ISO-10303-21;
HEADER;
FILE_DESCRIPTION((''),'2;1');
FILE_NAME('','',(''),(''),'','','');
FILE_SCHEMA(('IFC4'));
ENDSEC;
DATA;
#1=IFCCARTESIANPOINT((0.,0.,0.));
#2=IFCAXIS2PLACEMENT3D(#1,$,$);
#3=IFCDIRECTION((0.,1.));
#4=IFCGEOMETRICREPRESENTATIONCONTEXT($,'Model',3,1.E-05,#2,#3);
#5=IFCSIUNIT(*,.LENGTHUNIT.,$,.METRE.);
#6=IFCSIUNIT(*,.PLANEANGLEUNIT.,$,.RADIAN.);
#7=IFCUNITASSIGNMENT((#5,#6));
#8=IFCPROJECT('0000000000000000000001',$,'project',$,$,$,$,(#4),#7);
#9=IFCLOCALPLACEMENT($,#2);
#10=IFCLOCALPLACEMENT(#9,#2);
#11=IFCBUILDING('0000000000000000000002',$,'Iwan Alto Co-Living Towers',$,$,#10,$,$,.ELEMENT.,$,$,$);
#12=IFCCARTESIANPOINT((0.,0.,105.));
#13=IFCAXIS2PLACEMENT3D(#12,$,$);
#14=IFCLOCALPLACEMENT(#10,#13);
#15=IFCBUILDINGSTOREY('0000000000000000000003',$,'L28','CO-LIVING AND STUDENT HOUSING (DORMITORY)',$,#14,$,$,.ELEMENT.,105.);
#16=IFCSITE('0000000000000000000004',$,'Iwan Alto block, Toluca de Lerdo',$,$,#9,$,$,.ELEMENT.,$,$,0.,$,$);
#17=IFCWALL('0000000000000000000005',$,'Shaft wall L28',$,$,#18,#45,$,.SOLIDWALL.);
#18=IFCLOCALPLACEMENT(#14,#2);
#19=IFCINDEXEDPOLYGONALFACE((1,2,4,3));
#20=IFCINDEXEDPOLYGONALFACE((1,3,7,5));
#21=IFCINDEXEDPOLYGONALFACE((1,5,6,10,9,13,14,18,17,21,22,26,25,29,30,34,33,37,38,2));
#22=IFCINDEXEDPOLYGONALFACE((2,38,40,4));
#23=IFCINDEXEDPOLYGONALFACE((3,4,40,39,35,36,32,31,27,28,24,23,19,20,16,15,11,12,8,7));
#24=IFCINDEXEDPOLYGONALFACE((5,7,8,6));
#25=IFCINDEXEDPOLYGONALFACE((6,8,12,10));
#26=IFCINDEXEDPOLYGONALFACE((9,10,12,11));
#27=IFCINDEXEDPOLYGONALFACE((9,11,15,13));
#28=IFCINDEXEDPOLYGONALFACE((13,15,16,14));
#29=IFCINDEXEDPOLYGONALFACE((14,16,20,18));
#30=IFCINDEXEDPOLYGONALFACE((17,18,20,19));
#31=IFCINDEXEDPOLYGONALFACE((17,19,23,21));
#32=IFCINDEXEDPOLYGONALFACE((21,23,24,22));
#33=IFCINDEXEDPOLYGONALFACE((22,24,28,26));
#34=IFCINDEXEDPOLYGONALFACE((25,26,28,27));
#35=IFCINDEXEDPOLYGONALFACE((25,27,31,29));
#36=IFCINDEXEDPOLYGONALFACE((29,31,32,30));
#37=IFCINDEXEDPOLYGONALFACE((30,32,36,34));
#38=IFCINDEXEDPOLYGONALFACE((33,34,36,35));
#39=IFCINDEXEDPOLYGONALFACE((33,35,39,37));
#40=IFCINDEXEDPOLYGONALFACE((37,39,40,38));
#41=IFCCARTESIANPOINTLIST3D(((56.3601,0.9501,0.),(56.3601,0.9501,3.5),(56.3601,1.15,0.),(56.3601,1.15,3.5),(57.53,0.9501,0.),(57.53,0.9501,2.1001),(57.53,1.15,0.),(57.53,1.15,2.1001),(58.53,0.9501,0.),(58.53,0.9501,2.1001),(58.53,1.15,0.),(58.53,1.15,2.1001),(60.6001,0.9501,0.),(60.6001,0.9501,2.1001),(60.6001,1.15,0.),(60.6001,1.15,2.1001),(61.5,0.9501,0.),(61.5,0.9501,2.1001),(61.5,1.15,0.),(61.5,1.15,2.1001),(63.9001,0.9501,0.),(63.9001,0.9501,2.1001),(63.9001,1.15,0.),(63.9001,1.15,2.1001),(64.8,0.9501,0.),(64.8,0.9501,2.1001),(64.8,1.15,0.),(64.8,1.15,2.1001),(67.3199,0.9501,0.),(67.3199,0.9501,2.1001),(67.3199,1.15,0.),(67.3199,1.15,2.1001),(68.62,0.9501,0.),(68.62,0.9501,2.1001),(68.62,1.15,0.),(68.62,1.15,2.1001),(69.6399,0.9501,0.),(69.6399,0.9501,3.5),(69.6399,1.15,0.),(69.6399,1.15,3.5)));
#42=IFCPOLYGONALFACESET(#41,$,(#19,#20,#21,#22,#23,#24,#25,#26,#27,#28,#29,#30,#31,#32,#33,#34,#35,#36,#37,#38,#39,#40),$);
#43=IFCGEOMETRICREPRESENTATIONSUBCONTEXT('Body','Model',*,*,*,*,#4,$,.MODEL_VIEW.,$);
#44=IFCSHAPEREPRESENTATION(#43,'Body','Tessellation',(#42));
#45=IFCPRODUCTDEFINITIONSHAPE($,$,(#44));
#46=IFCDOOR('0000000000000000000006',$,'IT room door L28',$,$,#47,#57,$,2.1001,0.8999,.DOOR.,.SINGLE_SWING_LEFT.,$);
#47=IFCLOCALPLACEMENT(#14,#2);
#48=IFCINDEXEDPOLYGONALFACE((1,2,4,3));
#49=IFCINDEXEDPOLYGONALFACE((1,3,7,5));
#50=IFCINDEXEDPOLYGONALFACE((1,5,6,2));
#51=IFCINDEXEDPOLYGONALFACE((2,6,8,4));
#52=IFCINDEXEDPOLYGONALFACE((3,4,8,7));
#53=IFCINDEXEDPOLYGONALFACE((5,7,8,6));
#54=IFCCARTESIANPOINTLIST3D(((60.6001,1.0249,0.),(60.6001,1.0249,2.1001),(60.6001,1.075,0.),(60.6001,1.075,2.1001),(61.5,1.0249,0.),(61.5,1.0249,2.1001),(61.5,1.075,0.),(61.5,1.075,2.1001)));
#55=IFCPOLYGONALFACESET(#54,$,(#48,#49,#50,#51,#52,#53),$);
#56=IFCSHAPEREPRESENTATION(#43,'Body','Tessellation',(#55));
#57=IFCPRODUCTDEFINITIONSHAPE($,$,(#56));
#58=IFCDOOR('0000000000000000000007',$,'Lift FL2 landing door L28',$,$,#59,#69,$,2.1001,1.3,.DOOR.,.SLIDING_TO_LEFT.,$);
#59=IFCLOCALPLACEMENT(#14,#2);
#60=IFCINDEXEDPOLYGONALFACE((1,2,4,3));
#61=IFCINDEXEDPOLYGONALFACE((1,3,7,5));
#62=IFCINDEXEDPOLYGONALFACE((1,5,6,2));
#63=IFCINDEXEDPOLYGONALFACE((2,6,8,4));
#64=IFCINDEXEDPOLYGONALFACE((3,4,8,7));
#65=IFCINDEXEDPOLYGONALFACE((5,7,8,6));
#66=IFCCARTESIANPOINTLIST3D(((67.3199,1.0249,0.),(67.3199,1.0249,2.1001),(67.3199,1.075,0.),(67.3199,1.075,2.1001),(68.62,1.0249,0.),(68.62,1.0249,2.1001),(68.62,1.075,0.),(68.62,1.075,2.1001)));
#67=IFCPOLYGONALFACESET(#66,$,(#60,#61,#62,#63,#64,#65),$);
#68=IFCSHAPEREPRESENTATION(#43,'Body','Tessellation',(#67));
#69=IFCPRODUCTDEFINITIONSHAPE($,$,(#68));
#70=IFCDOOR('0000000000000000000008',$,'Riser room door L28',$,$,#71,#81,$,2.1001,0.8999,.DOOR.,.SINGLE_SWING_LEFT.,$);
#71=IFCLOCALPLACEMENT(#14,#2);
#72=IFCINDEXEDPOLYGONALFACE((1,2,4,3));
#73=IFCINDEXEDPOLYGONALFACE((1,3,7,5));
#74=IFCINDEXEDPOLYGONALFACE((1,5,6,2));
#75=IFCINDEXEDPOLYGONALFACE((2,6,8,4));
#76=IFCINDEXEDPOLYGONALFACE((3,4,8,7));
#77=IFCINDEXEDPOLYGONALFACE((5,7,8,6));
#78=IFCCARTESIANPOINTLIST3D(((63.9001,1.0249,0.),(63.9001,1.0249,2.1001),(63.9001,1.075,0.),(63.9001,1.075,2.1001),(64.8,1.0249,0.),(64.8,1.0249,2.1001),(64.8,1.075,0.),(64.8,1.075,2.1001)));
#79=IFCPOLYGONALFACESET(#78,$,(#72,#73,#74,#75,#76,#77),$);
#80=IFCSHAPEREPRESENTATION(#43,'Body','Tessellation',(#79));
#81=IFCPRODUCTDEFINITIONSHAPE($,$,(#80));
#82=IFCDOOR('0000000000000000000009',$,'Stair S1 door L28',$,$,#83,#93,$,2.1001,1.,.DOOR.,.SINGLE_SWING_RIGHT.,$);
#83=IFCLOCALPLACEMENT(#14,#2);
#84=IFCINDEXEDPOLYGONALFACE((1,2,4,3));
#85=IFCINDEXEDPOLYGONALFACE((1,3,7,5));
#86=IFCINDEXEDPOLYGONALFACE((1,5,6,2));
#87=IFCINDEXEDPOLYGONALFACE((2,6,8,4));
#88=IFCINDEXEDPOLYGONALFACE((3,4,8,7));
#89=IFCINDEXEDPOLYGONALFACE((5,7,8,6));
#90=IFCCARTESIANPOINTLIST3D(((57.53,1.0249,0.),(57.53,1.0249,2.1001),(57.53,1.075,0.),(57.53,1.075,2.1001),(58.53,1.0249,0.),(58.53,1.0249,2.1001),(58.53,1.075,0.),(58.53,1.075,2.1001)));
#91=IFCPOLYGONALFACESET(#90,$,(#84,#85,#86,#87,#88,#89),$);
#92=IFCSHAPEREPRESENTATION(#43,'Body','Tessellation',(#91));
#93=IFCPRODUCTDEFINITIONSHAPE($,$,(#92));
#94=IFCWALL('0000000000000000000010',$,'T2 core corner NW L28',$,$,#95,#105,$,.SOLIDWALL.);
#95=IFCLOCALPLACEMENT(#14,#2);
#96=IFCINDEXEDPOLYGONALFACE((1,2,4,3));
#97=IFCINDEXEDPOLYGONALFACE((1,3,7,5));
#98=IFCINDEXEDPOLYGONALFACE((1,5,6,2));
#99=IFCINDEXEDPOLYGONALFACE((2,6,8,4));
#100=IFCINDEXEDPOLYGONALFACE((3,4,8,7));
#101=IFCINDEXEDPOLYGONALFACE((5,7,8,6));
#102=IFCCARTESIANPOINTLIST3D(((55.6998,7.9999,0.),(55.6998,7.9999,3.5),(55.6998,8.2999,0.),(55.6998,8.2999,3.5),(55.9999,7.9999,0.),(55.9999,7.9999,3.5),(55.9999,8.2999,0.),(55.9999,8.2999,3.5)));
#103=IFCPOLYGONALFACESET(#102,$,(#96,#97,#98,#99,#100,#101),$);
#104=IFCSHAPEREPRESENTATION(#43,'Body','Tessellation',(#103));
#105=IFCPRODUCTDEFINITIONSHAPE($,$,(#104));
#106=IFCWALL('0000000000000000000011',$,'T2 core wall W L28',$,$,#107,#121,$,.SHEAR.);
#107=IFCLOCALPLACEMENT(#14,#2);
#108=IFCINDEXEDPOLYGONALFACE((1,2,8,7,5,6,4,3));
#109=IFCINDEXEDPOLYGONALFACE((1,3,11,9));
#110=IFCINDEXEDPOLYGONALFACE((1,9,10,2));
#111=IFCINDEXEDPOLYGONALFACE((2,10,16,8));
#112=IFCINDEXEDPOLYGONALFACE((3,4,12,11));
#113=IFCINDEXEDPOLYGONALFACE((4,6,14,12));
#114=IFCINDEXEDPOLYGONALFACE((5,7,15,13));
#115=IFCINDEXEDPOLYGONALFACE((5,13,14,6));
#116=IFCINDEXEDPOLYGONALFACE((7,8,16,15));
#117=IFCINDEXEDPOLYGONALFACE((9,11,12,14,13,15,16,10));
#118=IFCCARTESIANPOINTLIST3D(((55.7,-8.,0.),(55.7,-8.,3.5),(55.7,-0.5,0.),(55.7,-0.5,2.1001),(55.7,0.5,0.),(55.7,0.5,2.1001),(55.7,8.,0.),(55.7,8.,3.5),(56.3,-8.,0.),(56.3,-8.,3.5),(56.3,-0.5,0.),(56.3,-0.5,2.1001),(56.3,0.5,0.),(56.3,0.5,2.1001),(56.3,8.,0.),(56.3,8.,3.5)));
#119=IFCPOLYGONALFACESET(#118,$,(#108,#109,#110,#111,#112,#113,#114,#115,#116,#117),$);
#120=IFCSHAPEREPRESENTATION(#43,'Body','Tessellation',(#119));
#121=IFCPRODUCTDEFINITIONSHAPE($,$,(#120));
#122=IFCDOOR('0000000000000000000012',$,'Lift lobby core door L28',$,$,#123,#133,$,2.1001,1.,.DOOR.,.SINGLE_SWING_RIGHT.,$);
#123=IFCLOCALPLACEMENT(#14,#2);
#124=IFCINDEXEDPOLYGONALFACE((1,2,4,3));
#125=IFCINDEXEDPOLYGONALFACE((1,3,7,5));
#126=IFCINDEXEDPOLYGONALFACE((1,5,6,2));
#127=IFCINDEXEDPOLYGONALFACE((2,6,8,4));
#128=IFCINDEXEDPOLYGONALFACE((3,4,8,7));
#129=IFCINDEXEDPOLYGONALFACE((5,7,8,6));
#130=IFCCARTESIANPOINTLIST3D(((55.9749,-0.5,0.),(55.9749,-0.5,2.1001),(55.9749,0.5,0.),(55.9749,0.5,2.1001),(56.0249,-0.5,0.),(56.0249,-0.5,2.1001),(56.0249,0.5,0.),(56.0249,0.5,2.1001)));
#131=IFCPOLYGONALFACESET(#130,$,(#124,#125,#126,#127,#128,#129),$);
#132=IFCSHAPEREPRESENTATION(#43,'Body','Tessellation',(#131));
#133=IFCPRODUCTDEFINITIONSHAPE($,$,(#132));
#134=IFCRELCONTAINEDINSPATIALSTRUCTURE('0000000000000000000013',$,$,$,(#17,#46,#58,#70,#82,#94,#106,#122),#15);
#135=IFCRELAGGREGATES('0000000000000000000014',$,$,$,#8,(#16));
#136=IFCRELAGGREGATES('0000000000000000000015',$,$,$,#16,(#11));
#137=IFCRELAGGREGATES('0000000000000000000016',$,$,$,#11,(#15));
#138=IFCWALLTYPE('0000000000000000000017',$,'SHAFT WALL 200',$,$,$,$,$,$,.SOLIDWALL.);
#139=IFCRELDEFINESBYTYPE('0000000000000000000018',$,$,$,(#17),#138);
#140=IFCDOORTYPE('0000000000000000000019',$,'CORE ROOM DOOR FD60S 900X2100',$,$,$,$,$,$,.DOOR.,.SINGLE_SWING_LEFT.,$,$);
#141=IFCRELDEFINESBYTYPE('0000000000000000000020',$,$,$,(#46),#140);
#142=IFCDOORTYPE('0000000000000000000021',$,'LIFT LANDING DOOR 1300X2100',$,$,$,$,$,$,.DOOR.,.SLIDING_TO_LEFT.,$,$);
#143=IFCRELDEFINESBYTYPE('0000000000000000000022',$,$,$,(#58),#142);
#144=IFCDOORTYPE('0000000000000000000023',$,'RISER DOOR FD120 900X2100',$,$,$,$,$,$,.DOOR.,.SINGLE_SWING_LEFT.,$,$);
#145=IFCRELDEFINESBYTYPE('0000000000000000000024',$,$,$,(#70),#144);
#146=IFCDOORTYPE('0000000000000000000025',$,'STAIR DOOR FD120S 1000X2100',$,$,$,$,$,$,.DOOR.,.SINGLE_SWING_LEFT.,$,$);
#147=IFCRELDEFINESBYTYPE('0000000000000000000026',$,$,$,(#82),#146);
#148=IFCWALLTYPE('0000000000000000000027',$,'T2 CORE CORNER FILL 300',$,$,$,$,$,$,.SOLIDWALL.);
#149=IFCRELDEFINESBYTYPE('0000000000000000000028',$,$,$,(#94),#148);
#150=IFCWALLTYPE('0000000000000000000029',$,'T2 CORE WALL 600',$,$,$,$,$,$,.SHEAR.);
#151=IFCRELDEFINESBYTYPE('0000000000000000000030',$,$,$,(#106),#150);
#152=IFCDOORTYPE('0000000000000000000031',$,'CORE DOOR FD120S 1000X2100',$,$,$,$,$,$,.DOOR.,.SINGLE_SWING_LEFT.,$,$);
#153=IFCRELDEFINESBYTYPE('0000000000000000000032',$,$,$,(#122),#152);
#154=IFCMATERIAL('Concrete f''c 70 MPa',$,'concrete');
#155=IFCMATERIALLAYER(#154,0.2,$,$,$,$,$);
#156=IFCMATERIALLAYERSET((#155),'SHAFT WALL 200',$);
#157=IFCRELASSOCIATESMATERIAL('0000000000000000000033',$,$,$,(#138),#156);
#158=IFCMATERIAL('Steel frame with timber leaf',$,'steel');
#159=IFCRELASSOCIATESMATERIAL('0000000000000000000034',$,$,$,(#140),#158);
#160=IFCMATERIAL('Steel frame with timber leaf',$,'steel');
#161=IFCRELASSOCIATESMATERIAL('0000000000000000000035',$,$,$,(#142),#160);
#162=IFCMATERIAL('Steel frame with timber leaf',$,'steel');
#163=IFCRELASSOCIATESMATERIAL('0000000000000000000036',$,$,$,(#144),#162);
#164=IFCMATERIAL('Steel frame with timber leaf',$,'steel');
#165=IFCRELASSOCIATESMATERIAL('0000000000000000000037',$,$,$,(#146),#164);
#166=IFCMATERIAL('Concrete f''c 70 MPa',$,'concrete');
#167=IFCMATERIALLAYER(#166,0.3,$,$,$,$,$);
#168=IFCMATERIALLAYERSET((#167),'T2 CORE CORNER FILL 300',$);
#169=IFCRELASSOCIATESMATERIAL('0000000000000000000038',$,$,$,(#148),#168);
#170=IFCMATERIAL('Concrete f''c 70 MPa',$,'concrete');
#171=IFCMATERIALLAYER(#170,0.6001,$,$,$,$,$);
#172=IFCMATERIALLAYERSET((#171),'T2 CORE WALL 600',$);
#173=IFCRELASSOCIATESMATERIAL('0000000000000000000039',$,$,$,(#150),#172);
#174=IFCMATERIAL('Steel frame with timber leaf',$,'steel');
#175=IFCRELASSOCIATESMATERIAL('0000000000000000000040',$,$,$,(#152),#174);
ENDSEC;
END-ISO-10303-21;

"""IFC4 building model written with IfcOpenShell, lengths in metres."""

from ifc_helpers import new_model, si_unit, direction, frame, frame_2d, origin, place, context, subcontext, project, spatial, rectangle, extrude, material, layer, layer_set, type_object, element, fill, save


model = new_model("IFC4")

# Units and contexts
model_context = context("Model", 3, precision=1e-05, world=origin(), true_north=direction((0.0, 1.0)))
body_context = subcontext(model_context, "Body", "Model", "MODEL_VIEW")
ifc_project = project(units=[si_unit("LENGTHUNIT", "METRE"), si_unit("PLANEANGLEUNIT", "RADIAN")], contexts=[model_context])

# Site, building, storey
site_placement = place(None, origin())
site = spatial("IfcSite", under=ifc_project, at=site_placement, Name="Iwan Alto block, Toluca de Lerdo", CompositionType="ELEMENT", RefElevation=0.0)
building_placement = place(site_placement, origin())
building = spatial("IfcBuilding", under=site, at=building_placement, Name="Iwan Alto Co-Living Towers", CompositionType="ELEMENT")
storey_placement = place(building_placement, frame((0.0, 0.0, 105.0)))
storey = spatial("IfcBuildingStorey", under=building, at=storey_placement, Name="L28", Description="CO-LIVING AND STUDENT HOUSING (DORMITORY)", CompositionType="ELEMENT", Elevation=105.0)

# Wall, openings, doors
ifc_material_1 = material(Name="Concrete f'c 70 MPa", Category="concrete")
ifc_layer_1 = layer(ifc_material_1, 0.2)
ifc_layer_set_1 = layer_set([ifc_layer_1], Name="SHAFT WALL 200")
wall_type_1 = type_object("IfcWallType", Name="SHAFT WALL 200", PredefinedType="SOLIDWALL", material=ifc_layer_set_1)
wall_1_placement = place(storey_placement, frame((56.3601, 1.05, 0.0), z_axis=(0.0, 0.0, 1.0), x_axis=(1.0, 0.0, 0.0)))
wall_1 = element("IfcWall", 1, at=wall_1_placement, inside=storey, type_object=wall_type_1, Name="Shaft wall L28", PredefinedType="SOLIDWALL", context=body_context, shape_type="SweptSolid", body=[
    extrude(rectangle(XDim=13.2798, YDim=0.2, at=frame_2d((6.6399, 0.0))), origin(), (0.0, 0.0, 1.0), 3.5),
])
opening_1_placement = place(wall_1_placement, frame((1.1699, 0.0, 0.0)))
opening_1 = element("IfcOpeningElement", 2, at=opening_1_placement, cuts=wall_1, PredefinedType="OPENING", context=body_context, shape_type="SweptSolid", body=[
    extrude(rectangle(XDim=1.0, YDim=2.1001, at=frame_2d((0.5, 1.05))), frame((0.0, 0.1099, 0.0), z_axis=(0.0, -1.0, 0.0), x_axis=(1.0, 0.0, 0.0)), (0.0, 0.0, 1.0), 0.22),
])
opening_2_placement = place(wall_1_placement, frame((7.54, 0.0, 0.0)))
opening_2 = element("IfcOpeningElement", 3, at=opening_2_placement, cuts=wall_1, PredefinedType="OPENING", context=body_context, shape_type="SweptSolid", body=[
    extrude(rectangle(XDim=0.8999, YDim=2.1001, at=frame_2d((0.45, 1.05))), frame((0.0, 0.1099, 0.0), z_axis=(0.0, -1.0, 0.0), x_axis=(1.0, 0.0, 0.0)), (0.0, 0.0, 1.0), 0.22),
])
opening_3_placement = place(wall_1_placement, frame((4.24, 0.0, 0.0)))
opening_3 = element("IfcOpeningElement", 4, at=opening_3_placement, cuts=wall_1, PredefinedType="OPENING", context=body_context, shape_type="SweptSolid", body=[
    extrude(rectangle(XDim=0.8999, YDim=2.1001, at=frame_2d((0.45, 1.05))), frame((0.0, 0.1099, 0.0), z_axis=(0.0, -1.0, 0.0), x_axis=(1.0, 0.0, 0.0)), (0.0, 0.0, 1.0), 0.22),
])
opening_4_placement = place(wall_1_placement, frame((10.96, 0.0, 0.0)))
opening_4 = element("IfcOpeningElement", 5, at=opening_4_placement, cuts=wall_1, PredefinedType="OPENING", context=body_context, shape_type="SweptSolid", body=[
    extrude(rectangle(XDim=1.3, YDim=2.1001, at=frame_2d((0.6499, 1.05))), frame((0.0, 0.1099, 0.0), z_axis=(0.0, -1.0, 0.0), x_axis=(1.0, 0.0, 0.0)), (0.0, 0.0, 1.0), 0.22),
])
ifc_material_2 = material(Name="Steel frame with timber leaf", Category="steel")
door_type_1 = type_object("IfcDoorType", Name="CORE ROOM DOOR FD60S 900X2100", OperationType="SINGLE_SWING_LEFT", PredefinedType="DOOR", material=ifc_material_2)
door_1_placement = place(opening_3_placement, origin())
door_1 = element("IfcDoor", 6, at=door_1_placement, inside=storey, type_object=door_type_1, Name="IT room door L28", OperationType="SINGLE_SWING_LEFT", OverallHeight=2.1001, OverallWidth=0.8999, PredefinedType="DOOR", context=body_context, shape_type="SweptSolid", body=[
    extrude(rectangle(XDim=0.8999, YDim=2.1001, at=frame_2d((0.45, 1.05))), frame((0.0, 0.0249, 0.0), z_axis=(0.0, -1.0, 0.0), x_axis=(1.0, 0.0, 0.0)), (0.0, 0.0, 1.0), 0.05),
])
fill(opening_3, door_1)
ifc_material_3 = material(Name="Steel frame with timber leaf", Category="steel")
door_type_2 = type_object("IfcDoorType", Name="LIFT LANDING DOOR 1300X2100", OperationType="SLIDING_TO_LEFT", PredefinedType="DOOR", material=ifc_material_3)
door_2_placement = place(opening_4_placement, origin())
door_2 = element("IfcDoor", 7, at=door_2_placement, inside=storey, type_object=door_type_2, Name="Lift FL2 landing door L28", OperationType="SLIDING_TO_LEFT", OverallHeight=2.1001, OverallWidth=1.3, PredefinedType="DOOR", context=body_context, shape_type="SweptSolid", body=[
    extrude(rectangle(XDim=1.3, YDim=2.1001, at=frame_2d((0.6499, 1.05))), frame((0.0, 0.0249, 0.0), z_axis=(0.0, -1.0, 0.0), x_axis=(1.0, 0.0, 0.0)), (0.0, 0.0, 1.0), 0.05),
])
fill(opening_4, door_2)
ifc_material_4 = material(Name="Steel frame with timber leaf", Category="steel")
door_type_3 = type_object("IfcDoorType", Name="RISER DOOR FD120 900X2100", OperationType="SINGLE_SWING_LEFT", PredefinedType="DOOR", material=ifc_material_4)
door_3_placement = place(opening_2_placement, origin())
door_3 = element("IfcDoor", 8, at=door_3_placement, inside=storey, type_object=door_type_3, Name="Riser room door L28", OperationType="SINGLE_SWING_LEFT", OverallHeight=2.1001, OverallWidth=0.8999, PredefinedType="DOOR", context=body_context, shape_type="SweptSolid", body=[
    extrude(rectangle(XDim=0.8999, YDim=2.1001, at=frame_2d((0.45, 1.05))), frame((0.0, 0.0249, 0.0), z_axis=(0.0, -1.0, 0.0), x_axis=(1.0, 0.0, 0.0)), (0.0, 0.0, 1.0), 0.05),
])
fill(opening_2, door_3)
ifc_material_5 = material(Name="Steel frame with timber leaf", Category="steel")
door_type_4 = type_object("IfcDoorType", Name="STAIR DOOR FD120S 1000X2100", OperationType="SINGLE_SWING_LEFT", PredefinedType="DOOR", material=ifc_material_5)
door_4_placement = place(opening_1_placement, origin())
door_4 = element("IfcDoor", 9, at=door_4_placement, inside=storey, type_object=door_type_4, Name="Stair S1 door L28", OperationType="SINGLE_SWING_RIGHT", OverallHeight=2.1001, OverallWidth=1.0, PredefinedType="DOOR", context=body_context, shape_type="SweptSolid", body=[
    extrude(rectangle(XDim=1.0, YDim=2.1001, at=frame_2d((0.5, 1.05))), frame((0.0, 0.0249, 0.0), z_axis=(0.0, -1.0, 0.0), x_axis=(1.0, 0.0, 0.0)), (0.0, 0.0, 1.0), 0.05),
])
fill(opening_1, door_4)

# Wall
ifc_material_6 = material(Name="Concrete f'c 70 MPa", Category="concrete")
ifc_layer_2 = layer(ifc_material_6, 0.3)
ifc_layer_set_2 = layer_set([ifc_layer_2], Name="T2 CORE CORNER FILL 300")
wall_type_2 = type_object("IfcWallType", Name="T2 CORE CORNER FILL 300", PredefinedType="SOLIDWALL", material=ifc_layer_set_2)
wall_2_placement = place(storey_placement, frame((55.7, 8.1499, 0.0), z_axis=(0.0, 0.0, 1.0), x_axis=(1.0, 0.0, 0.0)))
element("IfcWall", 10, at=wall_2_placement, inside=storey, type_object=wall_type_2, Name="T2 core corner NW L28", PredefinedType="SOLIDWALL", context=body_context, shape_type="SweptSolid", body=[
    extrude(rectangle(XDim=0.3, YDim=0.3, at=frame_2d((0.1499, 0.0))), origin(), (0.0, 0.0, 1.0), 3.5),
])

# Wall, opening, door
ifc_material_7 = material(Name="Concrete f'c 70 MPa", Category="concrete")
ifc_layer_3 = layer(ifc_material_7, 0.6001)
ifc_layer_set_3 = layer_set([ifc_layer_3], Name="T2 CORE WALL 600")
wall_type_3 = type_object("IfcWallType", Name="T2 CORE WALL 600", PredefinedType="SHEAR", material=ifc_layer_set_3)
wall_3_placement = place(storey_placement, frame((56.0, 8.0, 0.0), z_axis=(0.0, 0.0, 1.0), x_axis=(0.0, -1.0, 0.0)))
wall_3 = element("IfcWall", 11, at=wall_3_placement, inside=storey, type_object=wall_type_3, Name="T2 core wall W L28", PredefinedType="SHEAR", context=body_context, shape_type="SweptSolid", body=[
    extrude(rectangle(XDim=16.0, YDim=0.6001, at=frame_2d((8.0, 0.0))), origin(), (0.0, 0.0, 1.0), 3.5),
])
opening_5_placement = place(wall_3_placement, frame((7.5, 0.0, 0.0)))
opening_5 = element("IfcOpeningElement", 12, at=opening_5_placement, cuts=wall_3, PredefinedType="OPENING", context=body_context, shape_type="SweptSolid", body=[
    extrude(rectangle(XDim=1.0, YDim=2.1001, at=frame_2d((0.5, 1.05))), frame((0.0, 0.3101, 0.0), z_axis=(0.0, -1.0, 0.0), x_axis=(1.0, 0.0, 0.0)), (0.0, 0.0, 1.0), 0.6201),
])
ifc_material_8 = material(Name="Steel frame with timber leaf", Category="steel")
door_type_5 = type_object("IfcDoorType", Name="CORE DOOR FD120S 1000X2100", OperationType="SINGLE_SWING_LEFT", PredefinedType="DOOR", material=ifc_material_8)
door_5_placement = place(opening_5_placement, origin())
door_5 = element("IfcDoor", 13, at=door_5_placement, inside=storey, type_object=door_type_5, Name="Lift lobby core door L28", OperationType="SINGLE_SWING_RIGHT", OverallHeight=2.1001, OverallWidth=1.0, PredefinedType="DOOR", context=body_context, shape_type="SweptSolid", body=[
    extrude(rectangle(XDim=1.0, YDim=2.1001, at=frame_2d((0.5, 1.05))), frame((0.0, 0.0249, 0.0), z_axis=(0.0, -1.0, 0.0), x_axis=(1.0, 0.0, 0.0)), (0.0, 0.0, 1.0), 0.05),
])
fill(opening_5, door_5)

save(model, "model.ifc")
